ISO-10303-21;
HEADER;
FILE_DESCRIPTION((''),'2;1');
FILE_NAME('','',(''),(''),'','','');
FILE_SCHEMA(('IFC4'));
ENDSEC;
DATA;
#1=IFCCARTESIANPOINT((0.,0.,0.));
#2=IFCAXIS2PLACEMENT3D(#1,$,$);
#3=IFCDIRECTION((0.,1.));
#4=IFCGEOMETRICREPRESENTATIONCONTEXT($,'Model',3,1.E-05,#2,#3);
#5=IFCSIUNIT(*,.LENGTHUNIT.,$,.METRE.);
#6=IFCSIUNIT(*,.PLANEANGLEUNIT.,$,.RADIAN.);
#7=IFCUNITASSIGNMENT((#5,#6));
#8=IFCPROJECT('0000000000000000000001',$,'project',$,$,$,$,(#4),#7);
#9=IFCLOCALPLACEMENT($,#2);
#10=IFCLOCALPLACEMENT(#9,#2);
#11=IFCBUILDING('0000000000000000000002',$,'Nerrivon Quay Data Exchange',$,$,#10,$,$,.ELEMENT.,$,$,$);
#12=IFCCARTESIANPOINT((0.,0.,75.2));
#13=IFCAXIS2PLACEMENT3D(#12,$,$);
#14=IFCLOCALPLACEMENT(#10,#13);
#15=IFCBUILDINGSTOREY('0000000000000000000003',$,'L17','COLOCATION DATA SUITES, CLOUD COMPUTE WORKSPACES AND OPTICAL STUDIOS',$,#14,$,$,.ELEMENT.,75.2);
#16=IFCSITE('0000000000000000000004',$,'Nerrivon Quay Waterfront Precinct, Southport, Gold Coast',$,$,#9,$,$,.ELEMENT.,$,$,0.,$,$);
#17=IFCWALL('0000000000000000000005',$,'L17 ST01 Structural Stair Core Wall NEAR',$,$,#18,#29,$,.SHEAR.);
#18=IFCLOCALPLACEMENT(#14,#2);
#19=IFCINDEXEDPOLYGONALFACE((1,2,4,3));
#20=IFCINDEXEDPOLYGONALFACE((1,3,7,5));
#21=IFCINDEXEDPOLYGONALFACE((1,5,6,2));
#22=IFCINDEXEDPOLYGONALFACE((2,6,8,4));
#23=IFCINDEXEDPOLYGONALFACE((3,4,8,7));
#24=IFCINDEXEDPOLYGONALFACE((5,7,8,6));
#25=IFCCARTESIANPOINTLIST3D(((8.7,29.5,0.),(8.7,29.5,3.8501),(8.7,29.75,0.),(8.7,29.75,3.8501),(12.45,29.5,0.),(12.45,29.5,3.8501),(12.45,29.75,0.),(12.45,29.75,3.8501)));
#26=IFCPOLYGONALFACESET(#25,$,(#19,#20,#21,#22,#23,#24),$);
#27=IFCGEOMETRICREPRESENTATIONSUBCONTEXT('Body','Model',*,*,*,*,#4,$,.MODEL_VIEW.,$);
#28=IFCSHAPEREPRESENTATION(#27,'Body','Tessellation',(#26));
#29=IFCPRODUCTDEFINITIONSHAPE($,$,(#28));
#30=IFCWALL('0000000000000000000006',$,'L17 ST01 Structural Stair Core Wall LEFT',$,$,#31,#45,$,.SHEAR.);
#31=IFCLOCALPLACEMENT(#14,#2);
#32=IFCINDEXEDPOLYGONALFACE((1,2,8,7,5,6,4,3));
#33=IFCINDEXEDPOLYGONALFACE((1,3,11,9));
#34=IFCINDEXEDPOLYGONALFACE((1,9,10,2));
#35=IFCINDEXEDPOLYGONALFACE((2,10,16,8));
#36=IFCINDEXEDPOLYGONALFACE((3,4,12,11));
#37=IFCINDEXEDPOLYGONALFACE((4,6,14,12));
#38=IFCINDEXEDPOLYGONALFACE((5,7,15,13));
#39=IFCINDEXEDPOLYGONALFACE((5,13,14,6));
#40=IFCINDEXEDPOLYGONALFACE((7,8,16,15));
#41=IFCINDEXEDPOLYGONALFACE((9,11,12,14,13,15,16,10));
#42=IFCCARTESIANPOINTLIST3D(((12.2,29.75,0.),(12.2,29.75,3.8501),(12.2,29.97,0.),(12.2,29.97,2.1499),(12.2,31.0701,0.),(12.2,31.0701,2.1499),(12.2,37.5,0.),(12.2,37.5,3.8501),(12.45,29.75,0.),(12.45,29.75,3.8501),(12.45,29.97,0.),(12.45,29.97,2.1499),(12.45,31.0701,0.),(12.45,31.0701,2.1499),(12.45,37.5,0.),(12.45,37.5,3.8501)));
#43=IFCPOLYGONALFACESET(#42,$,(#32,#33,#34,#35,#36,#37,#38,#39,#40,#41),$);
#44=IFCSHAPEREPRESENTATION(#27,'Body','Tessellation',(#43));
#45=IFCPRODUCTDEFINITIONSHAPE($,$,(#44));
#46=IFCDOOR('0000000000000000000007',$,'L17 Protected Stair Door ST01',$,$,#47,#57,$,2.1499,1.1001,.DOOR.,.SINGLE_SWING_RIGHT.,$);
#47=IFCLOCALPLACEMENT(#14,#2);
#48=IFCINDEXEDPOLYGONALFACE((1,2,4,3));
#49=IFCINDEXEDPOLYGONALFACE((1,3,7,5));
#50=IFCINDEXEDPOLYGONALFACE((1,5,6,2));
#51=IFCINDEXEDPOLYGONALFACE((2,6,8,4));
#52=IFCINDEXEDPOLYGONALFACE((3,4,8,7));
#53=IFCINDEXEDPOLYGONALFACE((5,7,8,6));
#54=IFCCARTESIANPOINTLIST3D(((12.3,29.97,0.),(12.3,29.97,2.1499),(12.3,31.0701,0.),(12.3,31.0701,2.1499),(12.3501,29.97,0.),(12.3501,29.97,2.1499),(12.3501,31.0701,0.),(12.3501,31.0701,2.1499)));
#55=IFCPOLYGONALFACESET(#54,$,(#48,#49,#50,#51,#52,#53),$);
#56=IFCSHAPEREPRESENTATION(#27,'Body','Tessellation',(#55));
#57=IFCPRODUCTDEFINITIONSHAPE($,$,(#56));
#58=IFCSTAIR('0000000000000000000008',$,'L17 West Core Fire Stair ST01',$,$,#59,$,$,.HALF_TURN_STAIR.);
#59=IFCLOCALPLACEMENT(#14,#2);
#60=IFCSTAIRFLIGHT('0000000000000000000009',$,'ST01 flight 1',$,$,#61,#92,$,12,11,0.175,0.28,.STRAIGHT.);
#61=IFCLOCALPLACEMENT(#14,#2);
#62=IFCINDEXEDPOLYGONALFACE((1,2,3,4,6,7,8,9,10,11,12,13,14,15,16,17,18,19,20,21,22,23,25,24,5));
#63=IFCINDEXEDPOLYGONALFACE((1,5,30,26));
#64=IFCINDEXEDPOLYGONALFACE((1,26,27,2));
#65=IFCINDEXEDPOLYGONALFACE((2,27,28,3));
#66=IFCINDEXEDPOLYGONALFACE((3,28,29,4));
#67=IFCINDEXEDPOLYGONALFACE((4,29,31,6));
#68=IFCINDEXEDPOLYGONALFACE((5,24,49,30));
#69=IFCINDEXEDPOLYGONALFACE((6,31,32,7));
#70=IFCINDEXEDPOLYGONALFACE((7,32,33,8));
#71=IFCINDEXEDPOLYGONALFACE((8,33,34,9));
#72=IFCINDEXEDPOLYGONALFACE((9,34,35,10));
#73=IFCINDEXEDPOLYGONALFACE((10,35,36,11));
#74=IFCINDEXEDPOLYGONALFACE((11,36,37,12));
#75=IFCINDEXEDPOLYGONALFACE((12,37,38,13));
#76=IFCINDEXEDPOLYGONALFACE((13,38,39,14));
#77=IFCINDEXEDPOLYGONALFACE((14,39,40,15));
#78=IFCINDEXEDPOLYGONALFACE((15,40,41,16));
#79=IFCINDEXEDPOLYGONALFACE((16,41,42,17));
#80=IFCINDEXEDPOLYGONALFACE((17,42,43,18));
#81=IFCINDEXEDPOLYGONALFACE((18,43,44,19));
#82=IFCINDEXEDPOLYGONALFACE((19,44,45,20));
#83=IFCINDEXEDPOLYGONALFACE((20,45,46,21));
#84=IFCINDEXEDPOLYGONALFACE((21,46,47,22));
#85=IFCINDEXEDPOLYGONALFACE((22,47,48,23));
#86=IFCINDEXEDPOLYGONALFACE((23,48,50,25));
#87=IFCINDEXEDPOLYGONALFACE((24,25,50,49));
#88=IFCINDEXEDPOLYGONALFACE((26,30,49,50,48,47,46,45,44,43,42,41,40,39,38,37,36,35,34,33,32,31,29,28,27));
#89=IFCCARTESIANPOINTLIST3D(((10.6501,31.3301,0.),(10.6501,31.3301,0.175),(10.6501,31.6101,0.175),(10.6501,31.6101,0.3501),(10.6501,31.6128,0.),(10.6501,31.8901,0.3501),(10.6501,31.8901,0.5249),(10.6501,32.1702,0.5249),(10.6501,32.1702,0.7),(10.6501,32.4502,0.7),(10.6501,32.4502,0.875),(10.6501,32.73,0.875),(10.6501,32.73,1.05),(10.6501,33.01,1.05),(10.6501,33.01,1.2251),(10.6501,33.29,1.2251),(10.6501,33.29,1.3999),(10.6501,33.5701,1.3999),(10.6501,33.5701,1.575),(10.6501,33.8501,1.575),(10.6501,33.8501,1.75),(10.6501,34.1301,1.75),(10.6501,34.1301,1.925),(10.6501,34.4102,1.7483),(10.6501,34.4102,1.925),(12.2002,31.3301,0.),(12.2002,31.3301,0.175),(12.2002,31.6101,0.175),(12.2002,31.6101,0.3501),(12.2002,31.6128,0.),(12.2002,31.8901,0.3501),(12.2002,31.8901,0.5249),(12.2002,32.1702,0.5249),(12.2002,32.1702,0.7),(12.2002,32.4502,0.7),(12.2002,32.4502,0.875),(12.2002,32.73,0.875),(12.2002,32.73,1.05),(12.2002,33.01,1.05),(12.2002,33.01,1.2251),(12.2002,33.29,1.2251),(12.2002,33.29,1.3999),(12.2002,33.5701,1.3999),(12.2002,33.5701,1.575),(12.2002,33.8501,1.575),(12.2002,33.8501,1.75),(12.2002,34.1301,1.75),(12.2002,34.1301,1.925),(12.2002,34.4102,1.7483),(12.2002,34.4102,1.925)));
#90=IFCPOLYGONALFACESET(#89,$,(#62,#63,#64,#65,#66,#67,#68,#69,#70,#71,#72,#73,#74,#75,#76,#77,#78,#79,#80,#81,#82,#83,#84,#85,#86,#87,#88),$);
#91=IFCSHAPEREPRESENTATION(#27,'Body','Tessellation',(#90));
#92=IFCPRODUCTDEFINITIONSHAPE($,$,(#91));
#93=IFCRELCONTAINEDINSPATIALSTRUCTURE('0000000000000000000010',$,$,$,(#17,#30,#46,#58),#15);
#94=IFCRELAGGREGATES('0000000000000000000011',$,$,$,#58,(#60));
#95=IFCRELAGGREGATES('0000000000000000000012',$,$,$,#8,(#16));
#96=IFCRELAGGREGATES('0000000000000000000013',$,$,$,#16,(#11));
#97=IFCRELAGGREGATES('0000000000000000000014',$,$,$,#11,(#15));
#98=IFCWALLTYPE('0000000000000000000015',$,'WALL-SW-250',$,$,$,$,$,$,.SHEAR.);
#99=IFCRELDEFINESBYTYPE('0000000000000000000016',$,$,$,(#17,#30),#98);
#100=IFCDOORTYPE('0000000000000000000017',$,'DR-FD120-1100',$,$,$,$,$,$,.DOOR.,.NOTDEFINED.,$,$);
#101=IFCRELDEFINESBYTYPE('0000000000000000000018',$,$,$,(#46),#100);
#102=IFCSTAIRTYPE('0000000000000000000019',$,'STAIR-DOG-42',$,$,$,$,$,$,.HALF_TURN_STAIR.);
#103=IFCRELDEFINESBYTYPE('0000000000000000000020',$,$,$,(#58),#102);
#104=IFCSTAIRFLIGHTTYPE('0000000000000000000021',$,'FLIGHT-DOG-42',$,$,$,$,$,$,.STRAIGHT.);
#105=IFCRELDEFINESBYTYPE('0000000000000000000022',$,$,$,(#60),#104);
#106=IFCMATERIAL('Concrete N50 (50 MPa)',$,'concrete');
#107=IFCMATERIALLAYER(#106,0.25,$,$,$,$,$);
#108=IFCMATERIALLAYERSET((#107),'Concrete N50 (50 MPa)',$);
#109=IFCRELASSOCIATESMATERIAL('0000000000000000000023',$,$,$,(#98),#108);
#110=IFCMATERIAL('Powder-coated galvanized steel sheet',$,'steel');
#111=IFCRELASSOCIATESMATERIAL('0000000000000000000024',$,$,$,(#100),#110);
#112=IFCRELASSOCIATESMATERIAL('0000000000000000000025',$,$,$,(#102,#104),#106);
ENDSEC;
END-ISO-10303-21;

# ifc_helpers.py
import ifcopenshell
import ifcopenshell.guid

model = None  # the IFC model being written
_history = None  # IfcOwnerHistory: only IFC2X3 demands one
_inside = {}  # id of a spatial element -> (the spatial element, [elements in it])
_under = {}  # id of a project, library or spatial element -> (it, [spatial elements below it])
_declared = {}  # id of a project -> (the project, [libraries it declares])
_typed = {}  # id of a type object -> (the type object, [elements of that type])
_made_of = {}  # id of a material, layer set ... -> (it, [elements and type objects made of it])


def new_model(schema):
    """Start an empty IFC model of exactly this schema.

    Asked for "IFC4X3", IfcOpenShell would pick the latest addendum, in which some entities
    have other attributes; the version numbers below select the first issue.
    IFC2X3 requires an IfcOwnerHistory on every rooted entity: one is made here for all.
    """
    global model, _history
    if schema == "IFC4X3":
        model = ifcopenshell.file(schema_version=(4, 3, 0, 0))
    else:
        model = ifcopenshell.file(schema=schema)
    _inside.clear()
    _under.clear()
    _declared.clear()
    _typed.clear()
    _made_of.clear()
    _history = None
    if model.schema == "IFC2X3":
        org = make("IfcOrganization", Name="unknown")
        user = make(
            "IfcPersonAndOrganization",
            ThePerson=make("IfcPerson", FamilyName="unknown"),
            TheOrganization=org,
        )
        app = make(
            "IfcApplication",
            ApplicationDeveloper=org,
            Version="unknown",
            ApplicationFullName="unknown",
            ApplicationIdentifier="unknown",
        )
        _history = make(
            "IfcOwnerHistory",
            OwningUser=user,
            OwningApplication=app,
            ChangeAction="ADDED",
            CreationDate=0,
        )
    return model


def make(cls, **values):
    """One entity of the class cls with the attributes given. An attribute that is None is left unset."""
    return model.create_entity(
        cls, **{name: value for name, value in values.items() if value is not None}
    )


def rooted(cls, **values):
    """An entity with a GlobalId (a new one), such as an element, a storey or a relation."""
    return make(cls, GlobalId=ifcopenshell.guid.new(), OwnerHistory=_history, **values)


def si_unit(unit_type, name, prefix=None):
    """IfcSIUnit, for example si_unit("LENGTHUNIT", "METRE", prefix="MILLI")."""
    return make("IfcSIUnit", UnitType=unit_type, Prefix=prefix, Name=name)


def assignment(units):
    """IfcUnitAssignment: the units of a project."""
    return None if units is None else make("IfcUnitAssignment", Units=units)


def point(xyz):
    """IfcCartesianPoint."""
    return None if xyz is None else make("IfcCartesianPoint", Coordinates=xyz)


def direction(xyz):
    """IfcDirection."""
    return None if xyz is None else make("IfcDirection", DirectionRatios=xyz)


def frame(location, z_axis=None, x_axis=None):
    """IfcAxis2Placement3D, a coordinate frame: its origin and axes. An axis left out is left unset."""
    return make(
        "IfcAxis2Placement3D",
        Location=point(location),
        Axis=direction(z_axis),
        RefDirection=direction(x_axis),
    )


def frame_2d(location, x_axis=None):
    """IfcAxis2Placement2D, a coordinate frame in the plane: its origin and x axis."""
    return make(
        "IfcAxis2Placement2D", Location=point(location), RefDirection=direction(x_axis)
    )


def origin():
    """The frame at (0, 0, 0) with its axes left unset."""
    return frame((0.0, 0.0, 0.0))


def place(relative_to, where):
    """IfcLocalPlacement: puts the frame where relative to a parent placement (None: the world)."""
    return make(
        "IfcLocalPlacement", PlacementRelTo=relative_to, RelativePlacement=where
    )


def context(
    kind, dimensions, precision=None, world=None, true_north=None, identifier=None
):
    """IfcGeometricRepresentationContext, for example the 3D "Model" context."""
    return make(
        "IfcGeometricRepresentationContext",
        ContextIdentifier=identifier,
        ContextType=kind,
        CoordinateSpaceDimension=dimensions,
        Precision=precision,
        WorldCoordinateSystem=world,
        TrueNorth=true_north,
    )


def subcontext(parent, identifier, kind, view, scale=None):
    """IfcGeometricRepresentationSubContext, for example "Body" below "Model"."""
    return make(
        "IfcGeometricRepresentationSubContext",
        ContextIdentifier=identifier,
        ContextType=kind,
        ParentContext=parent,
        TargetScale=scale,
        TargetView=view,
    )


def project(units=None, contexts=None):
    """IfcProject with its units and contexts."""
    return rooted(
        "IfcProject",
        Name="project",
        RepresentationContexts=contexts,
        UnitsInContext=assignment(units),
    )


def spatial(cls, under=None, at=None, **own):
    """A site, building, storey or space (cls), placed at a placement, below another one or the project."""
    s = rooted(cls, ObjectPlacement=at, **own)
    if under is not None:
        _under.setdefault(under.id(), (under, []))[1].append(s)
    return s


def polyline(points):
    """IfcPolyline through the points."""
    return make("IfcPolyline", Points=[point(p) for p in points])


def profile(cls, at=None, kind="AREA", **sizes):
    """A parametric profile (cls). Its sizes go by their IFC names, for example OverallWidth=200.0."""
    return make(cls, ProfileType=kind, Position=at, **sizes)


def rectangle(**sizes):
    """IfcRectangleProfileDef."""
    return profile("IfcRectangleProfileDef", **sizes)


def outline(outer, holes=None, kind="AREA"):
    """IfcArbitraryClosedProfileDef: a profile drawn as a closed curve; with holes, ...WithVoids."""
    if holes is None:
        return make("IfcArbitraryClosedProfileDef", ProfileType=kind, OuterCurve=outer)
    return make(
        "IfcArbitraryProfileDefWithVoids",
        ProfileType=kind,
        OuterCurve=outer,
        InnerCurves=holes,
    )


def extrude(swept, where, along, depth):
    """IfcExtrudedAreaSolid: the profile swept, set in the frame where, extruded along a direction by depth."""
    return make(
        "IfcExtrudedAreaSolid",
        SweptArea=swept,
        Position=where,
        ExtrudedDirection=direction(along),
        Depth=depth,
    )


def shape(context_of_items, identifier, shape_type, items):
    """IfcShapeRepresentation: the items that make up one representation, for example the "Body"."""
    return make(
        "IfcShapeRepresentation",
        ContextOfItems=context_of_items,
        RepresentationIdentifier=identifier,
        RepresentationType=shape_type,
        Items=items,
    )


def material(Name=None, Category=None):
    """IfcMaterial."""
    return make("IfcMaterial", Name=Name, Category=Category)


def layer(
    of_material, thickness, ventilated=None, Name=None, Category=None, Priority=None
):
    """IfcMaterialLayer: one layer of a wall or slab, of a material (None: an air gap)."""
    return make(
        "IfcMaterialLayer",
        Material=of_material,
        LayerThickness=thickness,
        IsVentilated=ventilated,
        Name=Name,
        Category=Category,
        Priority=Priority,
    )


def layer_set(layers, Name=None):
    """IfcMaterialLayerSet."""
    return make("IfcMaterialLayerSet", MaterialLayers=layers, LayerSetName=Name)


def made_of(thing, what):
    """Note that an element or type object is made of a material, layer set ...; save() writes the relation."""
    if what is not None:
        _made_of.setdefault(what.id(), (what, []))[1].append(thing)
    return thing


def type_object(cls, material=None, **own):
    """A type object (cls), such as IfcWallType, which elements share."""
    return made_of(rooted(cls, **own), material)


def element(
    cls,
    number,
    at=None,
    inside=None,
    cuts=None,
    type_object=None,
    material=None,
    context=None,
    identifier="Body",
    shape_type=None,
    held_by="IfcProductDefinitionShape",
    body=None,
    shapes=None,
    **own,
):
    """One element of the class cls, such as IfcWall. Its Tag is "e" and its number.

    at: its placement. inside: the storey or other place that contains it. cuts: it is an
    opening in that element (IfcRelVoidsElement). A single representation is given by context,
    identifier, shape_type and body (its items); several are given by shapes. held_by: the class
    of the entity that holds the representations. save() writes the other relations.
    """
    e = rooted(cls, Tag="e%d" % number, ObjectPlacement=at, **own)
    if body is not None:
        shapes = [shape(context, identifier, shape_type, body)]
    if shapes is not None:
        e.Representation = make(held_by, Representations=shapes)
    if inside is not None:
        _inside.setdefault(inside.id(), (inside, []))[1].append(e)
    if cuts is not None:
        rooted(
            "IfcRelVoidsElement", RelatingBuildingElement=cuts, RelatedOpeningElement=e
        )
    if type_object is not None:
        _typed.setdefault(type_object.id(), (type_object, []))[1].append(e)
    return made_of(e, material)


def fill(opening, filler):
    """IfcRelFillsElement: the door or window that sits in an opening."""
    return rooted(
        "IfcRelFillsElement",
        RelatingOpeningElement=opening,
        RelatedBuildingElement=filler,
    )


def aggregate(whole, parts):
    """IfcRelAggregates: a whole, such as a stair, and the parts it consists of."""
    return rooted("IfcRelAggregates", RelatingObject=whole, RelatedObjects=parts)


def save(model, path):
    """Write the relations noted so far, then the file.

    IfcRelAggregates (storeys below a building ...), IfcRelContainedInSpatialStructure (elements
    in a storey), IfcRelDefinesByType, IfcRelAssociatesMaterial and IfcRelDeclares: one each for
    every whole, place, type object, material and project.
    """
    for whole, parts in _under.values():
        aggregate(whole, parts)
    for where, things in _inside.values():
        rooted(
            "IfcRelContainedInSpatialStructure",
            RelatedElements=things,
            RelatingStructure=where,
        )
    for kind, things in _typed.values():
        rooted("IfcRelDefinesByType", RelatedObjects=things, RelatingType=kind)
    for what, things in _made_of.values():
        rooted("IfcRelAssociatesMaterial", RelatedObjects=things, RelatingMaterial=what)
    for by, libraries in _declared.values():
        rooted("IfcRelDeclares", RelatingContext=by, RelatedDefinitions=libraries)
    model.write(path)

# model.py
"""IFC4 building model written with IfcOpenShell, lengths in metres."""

from ifc_helpers import new_model, si_unit, direction, frame, frame_2d, origin, place, context, subcontext, project, spatial, polyline, rectangle, outline, extrude, material, layer, layer_set, type_object, element, fill, aggregate, save


model = new_model("IFC4")

# Units and contexts
model_context = context("Model", 3, precision=1e-05, world=origin(), true_north=direction((0.0, 1.0)))
body_context = subcontext(model_context, "Body", "Model", "MODEL_VIEW")
ifc_project = project(units=[si_unit("LENGTHUNIT", "METRE"), si_unit("PLANEANGLEUNIT", "RADIAN")], contexts=[model_context])

# Site, building, storey
site_placement = place(None, origin())
site = spatial("IfcSite", under=ifc_project, at=site_placement, Name="Nerrivon Quay Waterfront Precinct, Southport, Gold Coast", CompositionType="ELEMENT", RefElevation=0.0)
building_placement = place(site_placement, origin())
building = spatial("IfcBuilding", under=site, at=building_placement, Name="Nerrivon Quay Data Exchange", CompositionType="ELEMENT")
storey_placement = place(building_placement, frame((0.0, 0.0, 75.2)))
storey = spatial("IfcBuildingStorey", under=building, at=storey_placement, Name="L17", Description="COLOCATION DATA SUITES, CLOUD COMPUTE WORKSPACES AND OPTICAL STUDIOS", CompositionType="ELEMENT", Elevation=75.2)

# Shared definitions
ifc_material_1 = material(Name="Powder-coated galvanized steel sheet", Category="steel")

# Wall
ifc_material_2 = material(Name="Concrete N50 (50 MPa)", Category="concrete")
ifc_layer_1 = layer(ifc_material_2, 0.25)
ifc_layer_set_1 = layer_set([ifc_layer_1], Name="Concrete N50 (50 MPa)")
wall_type_1 = type_object("IfcWallType", Name="WALL-SW-250", PredefinedType="SHEAR", material=ifc_layer_set_1)
wall_1_placement = place(storey_placement, frame((12.45, 29.625, 0.0), z_axis=(0.0, 0.0, 1.0), x_axis=(-1.0, 0.0, 0.0)))
element("IfcWall", 1, at=wall_1_placement, inside=storey, type_object=wall_type_1, Name="L17 ST01 Structural Stair Core Wall NEAR", PredefinedType="SHEAR", context=body_context, shape_type="SweptSolid", body=[
    extrude(rectangle(XDim=3.75, YDim=0.25, at=frame_2d((1.875, 0.0))), origin(), (0.0, 0.0, 1.0), 3.8501),
])

# Wall, opening, door
wall_2_placement = place(storey_placement, frame((12.325, 29.75, 0.0), z_axis=(0.0, 0.0, 1.0), x_axis=(0.0, 1.0, 0.0)))
wall_2 = element("IfcWall", 2, at=wall_2_placement, inside=storey, type_object=wall_type_1, Name="L17 ST01 Structural Stair Core Wall LEFT", PredefinedType="SHEAR", context=body_context, shape_type="SweptSolid", body=[
    extrude(rectangle(XDim=7.75, YDim=0.25, at=frame_2d((3.875, 0.0))), origin(), (0.0, 0.0, 1.0), 3.8501),
])
opening_1_placement = place(wall_2_placement, frame((0.22, 0.0, 0.0)))
opening_1 = element("IfcOpeningElement", 3, at=opening_1_placement, cuts=wall_2, PredefinedType="OPENING", context=body_context, shape_type="SweptSolid", body=[
    extrude(rectangle(XDim=1.1001, YDim=2.1499, at=frame_2d((0.55, 1.075))), frame((0.0, 0.135, 0.0), z_axis=(0.0, -1.0, 0.0), x_axis=(1.0, 0.0, 0.0)), (0.0, 0.0, 1.0), 0.27),
])
door_type_1 = type_object("IfcDoorType", Name="DR-FD120-1100", OperationType="NOTDEFINED", PredefinedType="DOOR", material=ifc_material_1)
door_1_placement = place(opening_1_placement, origin())
door_1 = element("IfcDoor", 4, at=door_1_placement, inside=storey, type_object=door_type_1, Name="L17 Protected Stair Door ST01", OperationType="SINGLE_SWING_RIGHT", OverallHeight=2.1499, OverallWidth=1.1001, PredefinedType="DOOR", context=body_context, shape_type="SweptSolid", body=[
    extrude(rectangle(XDim=1.1001, YDim=2.1499, at=frame_2d((0.55, 1.075))), frame((0.0, 0.0249, 0.0), z_axis=(0.0, -1.0, 0.0), x_axis=(1.0, 0.0, 0.0)), (0.0, 0.0, 1.0), 0.05),
])
fill(opening_1, door_1)

# Stair, stair flight
stair_type = type_object("IfcStairType", Name="STAIR-DOG-42", PredefinedType="HALF_TURN_STAIR", material=ifc_material_2)
stair_placement = place(storey_placement, origin())
stair = element("IfcStair", 5, at=stair_placement, inside=storey, type_object=stair_type, Name="L17 West Core Fire Stair ST01", PredefinedType="HALF_TURN_STAIR")
stair_flight_type = type_object("IfcStairFlightType", Name="FLIGHT-DOG-42", PredefinedType="STRAIGHT", material=ifc_material_2)
stair_flight_placement = place(storey_placement, frame((11.425, 31.3301, 0.0), z_axis=(0.0, 0.0, 1.0), x_axis=(0.0, 1.0, 0.0)))
stair_flight = element("IfcStairFlight", 6, at=stair_flight_placement, type_object=stair_flight_type, Name="ST01 flight 1", NumberOfRisers=12, NumberOfTreads=11, PredefinedType="STRAIGHT", RiserHeight=0.175, TreadLength=0.28, context=body_context, shape_type="SweptSolid", body=[
    extrude(outline(polyline([(0.0, 0.0), (0.0, 0.175), (0.28, 0.175), (0.28, 0.3501), (0.5601, 0.3501), (0.5601, 0.5249), (0.8401, 0.5249), (0.8401, 0.7), (1.1201, 0.7), (1.1201, 0.875), (1.3999, 0.875), (1.3999, 1.05), (1.6799, 1.05), (1.6799, 1.2251), (1.96, 1.2251), (1.96, 1.3999), (2.24, 1.3999), (2.24, 1.575), (2.52, 1.575), (2.52, 1.75), (2.8, 1.75), (2.8, 1.925), (3.0801, 1.925), (3.0801, 2.1001), (3.0801, 1.7483), (0.2827, 0.0), (0.0, 0.0)])), frame((0.0, 0.7749, 0.0), z_axis=(0.0, -1.0, 0.0), x_axis=(1.0, 0.0, 0.0)), (0.0, 0.0, 1.0), 1.55),
])
aggregate(stair, [stair_flight])

save(model, "model.ifc")
